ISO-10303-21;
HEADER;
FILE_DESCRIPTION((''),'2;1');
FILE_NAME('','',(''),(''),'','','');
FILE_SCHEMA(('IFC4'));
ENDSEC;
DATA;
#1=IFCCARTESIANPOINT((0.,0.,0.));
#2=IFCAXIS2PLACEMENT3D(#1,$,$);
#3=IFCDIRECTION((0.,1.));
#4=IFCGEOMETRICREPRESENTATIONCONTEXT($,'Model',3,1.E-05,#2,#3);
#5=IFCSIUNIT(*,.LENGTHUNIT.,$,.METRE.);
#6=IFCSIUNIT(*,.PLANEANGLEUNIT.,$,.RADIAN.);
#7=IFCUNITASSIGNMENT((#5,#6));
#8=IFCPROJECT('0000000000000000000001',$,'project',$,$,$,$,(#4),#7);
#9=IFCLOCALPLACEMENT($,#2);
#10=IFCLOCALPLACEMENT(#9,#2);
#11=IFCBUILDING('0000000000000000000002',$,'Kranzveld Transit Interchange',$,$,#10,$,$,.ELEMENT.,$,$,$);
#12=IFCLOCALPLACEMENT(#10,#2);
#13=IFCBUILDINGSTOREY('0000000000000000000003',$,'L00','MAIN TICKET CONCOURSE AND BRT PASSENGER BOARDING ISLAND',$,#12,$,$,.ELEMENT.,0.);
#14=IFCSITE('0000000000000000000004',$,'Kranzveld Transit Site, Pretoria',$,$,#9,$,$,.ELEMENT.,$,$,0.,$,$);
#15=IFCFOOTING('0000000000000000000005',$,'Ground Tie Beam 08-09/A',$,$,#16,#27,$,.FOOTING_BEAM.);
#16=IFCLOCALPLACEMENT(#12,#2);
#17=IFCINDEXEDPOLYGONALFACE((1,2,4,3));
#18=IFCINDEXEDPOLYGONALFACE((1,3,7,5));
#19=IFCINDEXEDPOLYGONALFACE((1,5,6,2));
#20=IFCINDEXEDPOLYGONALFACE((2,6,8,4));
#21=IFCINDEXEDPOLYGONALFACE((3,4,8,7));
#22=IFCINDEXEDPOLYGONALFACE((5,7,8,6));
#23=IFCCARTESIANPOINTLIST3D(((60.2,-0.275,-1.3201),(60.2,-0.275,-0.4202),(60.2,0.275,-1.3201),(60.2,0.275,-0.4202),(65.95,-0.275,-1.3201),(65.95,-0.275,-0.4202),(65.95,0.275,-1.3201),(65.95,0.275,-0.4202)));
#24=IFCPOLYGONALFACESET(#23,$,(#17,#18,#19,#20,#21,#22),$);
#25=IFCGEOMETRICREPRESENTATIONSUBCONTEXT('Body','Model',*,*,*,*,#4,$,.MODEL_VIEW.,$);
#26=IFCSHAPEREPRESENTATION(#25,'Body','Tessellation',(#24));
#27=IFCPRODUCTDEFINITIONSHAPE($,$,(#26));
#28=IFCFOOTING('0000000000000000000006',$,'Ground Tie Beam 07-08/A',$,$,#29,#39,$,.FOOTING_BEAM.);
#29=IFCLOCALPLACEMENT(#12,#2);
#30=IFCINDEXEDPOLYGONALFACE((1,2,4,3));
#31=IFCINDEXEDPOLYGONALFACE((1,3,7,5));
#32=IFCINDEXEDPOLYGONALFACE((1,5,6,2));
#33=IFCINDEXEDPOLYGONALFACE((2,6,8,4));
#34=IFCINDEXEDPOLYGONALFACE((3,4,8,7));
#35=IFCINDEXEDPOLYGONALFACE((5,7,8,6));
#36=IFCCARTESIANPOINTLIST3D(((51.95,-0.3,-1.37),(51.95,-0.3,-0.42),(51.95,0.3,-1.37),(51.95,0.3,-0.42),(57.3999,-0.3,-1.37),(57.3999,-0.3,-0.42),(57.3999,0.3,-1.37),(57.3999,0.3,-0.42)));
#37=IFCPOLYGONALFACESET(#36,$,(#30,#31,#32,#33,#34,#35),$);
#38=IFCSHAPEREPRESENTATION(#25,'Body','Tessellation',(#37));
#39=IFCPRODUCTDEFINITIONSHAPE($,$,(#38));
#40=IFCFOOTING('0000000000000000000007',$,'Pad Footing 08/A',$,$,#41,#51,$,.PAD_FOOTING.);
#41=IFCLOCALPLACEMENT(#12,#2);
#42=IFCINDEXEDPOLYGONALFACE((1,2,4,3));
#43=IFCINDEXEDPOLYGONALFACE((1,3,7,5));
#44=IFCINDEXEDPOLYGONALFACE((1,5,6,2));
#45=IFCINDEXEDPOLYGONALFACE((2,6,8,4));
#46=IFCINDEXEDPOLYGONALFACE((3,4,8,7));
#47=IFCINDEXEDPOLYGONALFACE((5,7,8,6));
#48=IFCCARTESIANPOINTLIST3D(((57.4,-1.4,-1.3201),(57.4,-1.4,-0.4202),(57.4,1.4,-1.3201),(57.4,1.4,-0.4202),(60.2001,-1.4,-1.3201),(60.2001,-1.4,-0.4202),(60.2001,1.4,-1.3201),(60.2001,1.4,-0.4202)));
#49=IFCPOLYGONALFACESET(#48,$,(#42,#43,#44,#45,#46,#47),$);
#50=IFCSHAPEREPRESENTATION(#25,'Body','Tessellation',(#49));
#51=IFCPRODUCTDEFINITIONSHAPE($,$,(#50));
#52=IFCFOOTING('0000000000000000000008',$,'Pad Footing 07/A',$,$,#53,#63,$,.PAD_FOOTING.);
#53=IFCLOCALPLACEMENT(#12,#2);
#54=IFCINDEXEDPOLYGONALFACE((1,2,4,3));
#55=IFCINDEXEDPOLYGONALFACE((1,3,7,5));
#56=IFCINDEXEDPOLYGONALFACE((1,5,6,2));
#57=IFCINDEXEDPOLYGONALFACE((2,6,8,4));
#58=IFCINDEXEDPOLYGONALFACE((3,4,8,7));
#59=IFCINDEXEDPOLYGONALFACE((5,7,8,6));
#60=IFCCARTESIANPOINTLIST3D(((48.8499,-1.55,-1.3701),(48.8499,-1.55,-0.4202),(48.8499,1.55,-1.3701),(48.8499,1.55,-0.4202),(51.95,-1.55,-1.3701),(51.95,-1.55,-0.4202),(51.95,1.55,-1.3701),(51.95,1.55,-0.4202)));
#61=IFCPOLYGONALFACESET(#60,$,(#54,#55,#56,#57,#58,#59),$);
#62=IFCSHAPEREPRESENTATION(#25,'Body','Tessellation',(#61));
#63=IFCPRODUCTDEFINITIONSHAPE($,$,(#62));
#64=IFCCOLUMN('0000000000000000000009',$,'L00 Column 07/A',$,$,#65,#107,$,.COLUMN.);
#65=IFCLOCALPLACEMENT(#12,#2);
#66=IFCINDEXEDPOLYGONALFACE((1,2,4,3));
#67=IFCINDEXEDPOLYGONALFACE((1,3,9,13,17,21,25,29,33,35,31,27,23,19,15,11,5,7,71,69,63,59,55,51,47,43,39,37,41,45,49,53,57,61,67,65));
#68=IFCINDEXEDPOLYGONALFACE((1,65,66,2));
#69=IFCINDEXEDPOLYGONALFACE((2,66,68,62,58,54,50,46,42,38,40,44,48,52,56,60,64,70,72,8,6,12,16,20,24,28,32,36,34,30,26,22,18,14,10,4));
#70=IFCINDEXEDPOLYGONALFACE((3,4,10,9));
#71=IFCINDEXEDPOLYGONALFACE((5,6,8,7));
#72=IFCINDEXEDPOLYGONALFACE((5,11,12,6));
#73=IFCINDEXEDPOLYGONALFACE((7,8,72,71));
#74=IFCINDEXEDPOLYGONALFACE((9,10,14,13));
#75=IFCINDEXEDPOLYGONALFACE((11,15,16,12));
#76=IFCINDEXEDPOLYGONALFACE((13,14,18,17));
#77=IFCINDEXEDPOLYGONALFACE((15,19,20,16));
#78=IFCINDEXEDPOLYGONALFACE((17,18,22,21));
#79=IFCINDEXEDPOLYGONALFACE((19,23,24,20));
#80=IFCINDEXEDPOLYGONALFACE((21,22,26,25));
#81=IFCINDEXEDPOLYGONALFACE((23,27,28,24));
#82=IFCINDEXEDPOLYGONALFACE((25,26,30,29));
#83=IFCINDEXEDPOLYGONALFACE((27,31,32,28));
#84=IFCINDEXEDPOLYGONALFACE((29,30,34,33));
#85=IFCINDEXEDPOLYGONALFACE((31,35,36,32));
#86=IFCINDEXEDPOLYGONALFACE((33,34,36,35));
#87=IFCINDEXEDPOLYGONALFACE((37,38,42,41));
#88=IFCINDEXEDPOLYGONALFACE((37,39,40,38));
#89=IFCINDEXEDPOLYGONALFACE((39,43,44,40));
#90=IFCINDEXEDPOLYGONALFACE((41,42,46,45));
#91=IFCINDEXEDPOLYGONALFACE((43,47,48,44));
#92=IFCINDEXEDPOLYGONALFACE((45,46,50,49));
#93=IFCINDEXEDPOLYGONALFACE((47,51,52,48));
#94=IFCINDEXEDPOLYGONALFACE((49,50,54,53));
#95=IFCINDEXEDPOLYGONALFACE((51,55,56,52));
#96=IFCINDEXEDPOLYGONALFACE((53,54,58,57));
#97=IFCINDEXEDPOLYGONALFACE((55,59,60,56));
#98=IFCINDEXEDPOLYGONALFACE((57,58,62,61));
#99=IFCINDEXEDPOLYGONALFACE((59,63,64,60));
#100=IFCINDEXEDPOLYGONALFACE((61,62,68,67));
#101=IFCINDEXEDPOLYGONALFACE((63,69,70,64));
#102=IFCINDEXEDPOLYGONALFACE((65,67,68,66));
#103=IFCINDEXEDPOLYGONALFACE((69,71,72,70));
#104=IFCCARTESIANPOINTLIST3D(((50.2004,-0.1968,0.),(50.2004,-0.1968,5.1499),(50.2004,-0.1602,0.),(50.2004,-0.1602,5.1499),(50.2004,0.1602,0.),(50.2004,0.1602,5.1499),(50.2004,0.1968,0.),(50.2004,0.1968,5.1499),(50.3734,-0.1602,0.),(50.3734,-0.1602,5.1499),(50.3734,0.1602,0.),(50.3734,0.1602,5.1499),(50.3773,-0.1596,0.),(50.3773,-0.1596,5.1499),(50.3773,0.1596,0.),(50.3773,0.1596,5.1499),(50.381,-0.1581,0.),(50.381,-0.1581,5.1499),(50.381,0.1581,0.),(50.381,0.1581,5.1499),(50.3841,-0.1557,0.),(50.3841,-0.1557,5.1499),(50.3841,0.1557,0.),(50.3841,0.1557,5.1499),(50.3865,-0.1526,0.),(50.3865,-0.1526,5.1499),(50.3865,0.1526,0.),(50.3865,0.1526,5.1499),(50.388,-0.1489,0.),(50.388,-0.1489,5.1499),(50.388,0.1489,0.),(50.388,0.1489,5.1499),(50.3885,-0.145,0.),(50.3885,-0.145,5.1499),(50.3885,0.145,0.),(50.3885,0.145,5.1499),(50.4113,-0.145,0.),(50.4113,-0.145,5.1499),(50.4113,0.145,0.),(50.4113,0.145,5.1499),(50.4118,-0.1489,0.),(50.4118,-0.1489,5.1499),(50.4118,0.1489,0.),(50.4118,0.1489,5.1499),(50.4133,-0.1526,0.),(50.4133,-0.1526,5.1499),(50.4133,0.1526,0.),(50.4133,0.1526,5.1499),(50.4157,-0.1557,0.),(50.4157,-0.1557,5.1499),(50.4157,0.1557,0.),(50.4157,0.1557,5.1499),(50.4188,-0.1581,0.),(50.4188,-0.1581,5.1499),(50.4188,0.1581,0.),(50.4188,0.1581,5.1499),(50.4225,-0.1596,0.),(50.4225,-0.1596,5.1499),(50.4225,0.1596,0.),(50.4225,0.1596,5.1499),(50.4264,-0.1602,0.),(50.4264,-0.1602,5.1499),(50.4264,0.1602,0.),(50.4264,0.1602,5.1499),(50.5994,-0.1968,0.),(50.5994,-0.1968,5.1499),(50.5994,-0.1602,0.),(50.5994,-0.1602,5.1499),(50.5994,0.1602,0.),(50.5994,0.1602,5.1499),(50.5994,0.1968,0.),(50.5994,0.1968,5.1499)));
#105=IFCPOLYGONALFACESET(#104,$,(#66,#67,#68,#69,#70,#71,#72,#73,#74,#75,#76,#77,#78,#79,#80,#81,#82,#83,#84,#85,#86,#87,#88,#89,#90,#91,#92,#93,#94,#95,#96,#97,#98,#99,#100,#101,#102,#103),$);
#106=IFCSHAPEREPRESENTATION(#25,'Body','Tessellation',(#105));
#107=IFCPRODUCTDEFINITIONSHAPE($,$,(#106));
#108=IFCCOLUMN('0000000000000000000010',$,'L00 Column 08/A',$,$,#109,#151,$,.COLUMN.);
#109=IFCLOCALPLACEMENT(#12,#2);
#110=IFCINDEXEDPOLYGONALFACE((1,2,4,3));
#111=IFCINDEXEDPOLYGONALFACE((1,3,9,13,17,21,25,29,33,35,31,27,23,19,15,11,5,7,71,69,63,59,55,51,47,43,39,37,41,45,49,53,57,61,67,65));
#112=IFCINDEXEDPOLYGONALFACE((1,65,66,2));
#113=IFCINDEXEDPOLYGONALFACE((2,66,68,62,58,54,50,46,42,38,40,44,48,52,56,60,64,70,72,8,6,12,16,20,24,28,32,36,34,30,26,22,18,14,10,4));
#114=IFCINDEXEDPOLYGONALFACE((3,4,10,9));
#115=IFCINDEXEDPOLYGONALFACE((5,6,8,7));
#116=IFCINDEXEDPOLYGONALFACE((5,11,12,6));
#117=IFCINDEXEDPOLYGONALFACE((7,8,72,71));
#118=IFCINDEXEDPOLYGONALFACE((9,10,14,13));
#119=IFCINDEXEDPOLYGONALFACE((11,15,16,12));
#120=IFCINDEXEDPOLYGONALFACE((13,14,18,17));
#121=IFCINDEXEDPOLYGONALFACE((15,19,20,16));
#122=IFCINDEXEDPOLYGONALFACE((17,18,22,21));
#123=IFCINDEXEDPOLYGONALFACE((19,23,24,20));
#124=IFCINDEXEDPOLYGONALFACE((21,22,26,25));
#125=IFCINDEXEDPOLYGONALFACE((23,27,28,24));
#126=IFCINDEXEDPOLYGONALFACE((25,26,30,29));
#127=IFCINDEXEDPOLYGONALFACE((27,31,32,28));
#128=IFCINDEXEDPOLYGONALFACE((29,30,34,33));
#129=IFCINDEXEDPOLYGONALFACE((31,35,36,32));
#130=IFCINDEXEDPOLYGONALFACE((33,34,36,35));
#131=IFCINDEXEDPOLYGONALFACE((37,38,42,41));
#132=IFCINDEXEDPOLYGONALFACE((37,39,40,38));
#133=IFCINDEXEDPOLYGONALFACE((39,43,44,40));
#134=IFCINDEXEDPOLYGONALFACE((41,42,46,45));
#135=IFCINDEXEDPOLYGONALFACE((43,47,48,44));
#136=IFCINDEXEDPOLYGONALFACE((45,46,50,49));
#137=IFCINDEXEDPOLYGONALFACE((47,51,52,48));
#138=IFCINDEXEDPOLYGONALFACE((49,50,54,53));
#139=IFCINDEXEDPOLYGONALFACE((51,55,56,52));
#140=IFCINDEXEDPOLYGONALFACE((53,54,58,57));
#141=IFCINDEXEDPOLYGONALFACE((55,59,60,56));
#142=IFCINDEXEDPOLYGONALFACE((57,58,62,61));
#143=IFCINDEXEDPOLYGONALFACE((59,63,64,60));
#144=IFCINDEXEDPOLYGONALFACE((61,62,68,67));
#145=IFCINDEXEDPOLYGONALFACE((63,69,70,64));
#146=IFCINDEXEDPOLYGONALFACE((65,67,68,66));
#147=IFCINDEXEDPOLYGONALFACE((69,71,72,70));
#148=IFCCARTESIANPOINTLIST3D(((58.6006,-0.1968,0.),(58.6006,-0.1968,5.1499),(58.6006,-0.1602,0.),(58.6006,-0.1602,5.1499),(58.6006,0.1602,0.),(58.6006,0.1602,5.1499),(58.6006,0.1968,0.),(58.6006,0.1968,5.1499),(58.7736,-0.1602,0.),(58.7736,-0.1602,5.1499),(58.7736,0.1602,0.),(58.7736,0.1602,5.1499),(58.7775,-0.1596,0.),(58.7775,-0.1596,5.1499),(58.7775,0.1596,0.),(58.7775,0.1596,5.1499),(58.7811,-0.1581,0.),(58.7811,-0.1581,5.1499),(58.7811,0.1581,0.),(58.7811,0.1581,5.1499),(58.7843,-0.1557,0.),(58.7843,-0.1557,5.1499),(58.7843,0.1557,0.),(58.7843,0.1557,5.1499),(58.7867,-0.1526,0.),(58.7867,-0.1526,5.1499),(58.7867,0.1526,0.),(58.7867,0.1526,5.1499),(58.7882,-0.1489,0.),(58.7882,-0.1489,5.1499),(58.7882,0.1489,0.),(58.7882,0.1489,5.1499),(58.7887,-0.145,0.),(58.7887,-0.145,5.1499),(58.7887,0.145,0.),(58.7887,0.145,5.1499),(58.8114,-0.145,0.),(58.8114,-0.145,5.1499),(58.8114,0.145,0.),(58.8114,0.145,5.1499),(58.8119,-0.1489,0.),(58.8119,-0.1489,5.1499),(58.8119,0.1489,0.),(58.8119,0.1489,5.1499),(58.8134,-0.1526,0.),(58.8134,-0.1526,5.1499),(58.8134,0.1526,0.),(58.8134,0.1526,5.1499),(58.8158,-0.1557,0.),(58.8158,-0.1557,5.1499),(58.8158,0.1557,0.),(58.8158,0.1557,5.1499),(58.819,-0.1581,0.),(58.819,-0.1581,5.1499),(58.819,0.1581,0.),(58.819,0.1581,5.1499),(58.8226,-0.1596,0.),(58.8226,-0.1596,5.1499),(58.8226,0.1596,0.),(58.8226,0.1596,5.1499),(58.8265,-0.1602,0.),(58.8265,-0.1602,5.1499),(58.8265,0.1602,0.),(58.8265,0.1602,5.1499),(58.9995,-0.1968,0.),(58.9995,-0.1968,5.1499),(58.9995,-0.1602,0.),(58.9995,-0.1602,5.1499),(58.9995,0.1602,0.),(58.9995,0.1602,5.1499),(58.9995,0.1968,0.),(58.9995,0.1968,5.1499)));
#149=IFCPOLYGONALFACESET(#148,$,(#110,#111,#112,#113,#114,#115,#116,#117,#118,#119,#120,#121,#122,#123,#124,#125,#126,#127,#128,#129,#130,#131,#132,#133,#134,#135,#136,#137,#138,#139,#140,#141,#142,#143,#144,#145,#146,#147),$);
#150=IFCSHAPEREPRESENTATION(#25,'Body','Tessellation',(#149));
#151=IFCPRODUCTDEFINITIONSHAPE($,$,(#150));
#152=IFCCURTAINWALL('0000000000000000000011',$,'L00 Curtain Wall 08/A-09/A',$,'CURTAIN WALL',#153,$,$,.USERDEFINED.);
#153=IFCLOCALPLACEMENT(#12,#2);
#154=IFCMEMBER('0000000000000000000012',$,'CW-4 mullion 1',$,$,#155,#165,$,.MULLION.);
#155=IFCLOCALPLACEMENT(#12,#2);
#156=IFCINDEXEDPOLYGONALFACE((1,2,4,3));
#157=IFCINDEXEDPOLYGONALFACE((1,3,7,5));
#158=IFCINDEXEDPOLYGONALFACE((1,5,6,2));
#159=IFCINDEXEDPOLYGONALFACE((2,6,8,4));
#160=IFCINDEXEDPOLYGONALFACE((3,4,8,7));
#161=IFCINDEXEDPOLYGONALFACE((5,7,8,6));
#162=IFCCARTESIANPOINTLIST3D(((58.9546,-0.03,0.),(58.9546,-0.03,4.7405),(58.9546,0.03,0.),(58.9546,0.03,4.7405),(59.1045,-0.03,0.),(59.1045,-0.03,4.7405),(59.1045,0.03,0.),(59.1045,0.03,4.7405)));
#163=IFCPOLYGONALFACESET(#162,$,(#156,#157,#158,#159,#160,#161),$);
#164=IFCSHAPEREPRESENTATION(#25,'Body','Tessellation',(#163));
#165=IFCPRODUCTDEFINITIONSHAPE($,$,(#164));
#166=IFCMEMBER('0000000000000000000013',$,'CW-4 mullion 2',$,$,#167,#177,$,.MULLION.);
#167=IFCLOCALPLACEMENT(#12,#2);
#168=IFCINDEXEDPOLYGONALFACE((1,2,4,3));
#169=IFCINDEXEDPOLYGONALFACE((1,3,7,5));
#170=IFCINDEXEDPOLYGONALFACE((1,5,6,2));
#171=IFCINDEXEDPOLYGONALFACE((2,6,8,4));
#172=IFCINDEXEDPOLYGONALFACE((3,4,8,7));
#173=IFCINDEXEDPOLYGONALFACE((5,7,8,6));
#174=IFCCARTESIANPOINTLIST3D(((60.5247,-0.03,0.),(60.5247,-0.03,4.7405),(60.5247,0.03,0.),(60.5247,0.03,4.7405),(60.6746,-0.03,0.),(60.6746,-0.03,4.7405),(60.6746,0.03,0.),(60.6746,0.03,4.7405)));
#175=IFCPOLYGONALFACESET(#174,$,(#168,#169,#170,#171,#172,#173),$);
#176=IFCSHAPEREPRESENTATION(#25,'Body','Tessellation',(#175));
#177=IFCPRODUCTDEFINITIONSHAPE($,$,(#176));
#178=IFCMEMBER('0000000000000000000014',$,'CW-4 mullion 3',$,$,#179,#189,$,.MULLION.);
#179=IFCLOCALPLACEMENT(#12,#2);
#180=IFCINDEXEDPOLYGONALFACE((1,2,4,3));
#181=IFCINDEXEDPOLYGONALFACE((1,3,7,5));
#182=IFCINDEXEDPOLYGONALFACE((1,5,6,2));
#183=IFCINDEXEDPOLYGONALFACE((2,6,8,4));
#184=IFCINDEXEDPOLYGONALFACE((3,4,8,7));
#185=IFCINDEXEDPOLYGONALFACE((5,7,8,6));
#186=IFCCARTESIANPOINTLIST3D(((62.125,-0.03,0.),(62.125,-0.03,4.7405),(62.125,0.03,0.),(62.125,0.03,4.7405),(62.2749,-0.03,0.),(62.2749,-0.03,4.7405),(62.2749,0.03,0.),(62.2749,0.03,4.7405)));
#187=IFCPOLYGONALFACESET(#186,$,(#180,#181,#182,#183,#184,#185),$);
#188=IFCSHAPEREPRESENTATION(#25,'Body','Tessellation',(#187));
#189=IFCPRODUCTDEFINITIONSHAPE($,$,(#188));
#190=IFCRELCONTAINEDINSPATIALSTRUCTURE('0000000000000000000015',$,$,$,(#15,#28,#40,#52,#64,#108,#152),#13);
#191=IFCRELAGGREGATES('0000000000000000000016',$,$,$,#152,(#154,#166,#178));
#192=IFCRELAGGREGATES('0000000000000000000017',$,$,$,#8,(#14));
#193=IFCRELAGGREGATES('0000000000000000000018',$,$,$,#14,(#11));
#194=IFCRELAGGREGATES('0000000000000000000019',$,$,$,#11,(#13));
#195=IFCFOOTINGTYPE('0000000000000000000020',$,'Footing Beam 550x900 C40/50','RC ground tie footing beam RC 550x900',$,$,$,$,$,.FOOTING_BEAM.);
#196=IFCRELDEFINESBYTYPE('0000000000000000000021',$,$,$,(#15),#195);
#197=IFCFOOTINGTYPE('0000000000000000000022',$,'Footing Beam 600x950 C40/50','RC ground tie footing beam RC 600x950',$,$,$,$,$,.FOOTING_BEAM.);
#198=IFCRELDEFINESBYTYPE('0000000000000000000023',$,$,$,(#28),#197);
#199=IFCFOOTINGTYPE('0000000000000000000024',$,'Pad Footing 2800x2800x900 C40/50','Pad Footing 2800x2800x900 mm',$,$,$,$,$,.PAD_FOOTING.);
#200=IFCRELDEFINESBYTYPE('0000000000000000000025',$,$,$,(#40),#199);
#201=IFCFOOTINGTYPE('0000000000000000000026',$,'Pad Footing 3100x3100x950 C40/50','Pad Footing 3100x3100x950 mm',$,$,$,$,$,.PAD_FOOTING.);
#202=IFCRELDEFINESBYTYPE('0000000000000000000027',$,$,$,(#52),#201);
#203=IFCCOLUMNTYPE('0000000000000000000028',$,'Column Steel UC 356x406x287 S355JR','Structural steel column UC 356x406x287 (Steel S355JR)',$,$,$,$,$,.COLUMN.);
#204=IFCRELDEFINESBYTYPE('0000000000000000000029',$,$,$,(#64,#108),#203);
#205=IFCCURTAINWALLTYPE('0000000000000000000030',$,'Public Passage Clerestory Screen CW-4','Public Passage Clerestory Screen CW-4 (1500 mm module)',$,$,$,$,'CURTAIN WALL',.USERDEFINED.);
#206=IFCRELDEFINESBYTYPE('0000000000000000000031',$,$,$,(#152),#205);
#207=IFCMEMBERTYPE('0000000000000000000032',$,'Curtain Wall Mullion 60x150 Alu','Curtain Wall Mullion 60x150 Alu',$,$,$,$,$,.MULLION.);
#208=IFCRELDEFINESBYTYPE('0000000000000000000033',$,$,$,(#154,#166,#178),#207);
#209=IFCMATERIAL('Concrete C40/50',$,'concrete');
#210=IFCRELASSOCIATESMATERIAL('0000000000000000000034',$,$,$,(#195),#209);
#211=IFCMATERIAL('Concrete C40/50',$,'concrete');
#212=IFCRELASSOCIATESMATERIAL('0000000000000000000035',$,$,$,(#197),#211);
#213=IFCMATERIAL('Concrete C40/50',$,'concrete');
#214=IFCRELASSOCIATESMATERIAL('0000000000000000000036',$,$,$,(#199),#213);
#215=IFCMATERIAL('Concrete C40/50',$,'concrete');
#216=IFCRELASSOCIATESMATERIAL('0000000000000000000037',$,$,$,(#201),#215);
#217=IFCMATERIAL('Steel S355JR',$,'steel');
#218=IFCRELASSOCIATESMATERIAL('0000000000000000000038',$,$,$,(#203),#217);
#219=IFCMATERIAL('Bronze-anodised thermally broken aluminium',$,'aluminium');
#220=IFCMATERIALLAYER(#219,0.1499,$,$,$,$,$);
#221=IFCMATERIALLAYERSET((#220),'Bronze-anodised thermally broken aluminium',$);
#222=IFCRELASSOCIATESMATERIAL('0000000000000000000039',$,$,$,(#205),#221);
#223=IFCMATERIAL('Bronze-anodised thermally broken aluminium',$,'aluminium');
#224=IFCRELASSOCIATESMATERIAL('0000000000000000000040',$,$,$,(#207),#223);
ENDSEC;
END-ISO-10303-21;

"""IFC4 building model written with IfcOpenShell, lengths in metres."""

from ifc_helpers import new_model, si_unit, direction, frame, origin, origin_2d, place, context, subcontext, project, spatial, rectangle, i_section, extrude, material, layer, layer_set, material_profile, profile_set, type_object, element, aggregate, save


model = new_model("IFC4")

# Units and contexts
model_context = context("Model", 3, precision=1e-05, world=origin(), true_north=direction((0.0, 1.0)))
body_context = subcontext(model_context, "Body", "Model", "MODEL_VIEW")
ifc_project = project(units=[si_unit("LENGTHUNIT", "METRE"), si_unit("PLANEANGLEUNIT", "RADIAN")], contexts=[model_context])

# Site, building, storey
site_placement = place(None, origin())
site = spatial("IfcSite", under=ifc_project, at=site_placement, Name="Kranzveld Transit Site, Pretoria", CompositionType="ELEMENT", RefElevation=0.0)
building_placement = place(site_placement, origin())
building = spatial("IfcBuilding", under=site, at=building_placement, Name="Kranzveld Transit Interchange", CompositionType="ELEMENT")
storey_placement = place(building_placement, origin())
storey = spatial("IfcBuildingStorey", under=building, at=storey_placement, Name="L00", Description="MAIN TICKET CONCOURSE AND BRT PASSENGER BOARDING ISLAND", CompositionType="ELEMENT", Elevation=0.0)

# Footings
ifc_material_1 = material(Name="Concrete C40/50", Category="concrete")
ifc_material_profile_1 = material_profile(ifc_material_1, rectangle(XDim=0.55, YDim=0.8999, at=origin_2d()), Name="RC 550x900")
ifc_profile_set_1 = profile_set([ifc_material_profile_1], Name="Concrete C40/50")
footing_type_1 = type_object("IfcFootingType", Name="Footing Beam 550x900 C40/50", Description="RC ground tie footing beam RC 550x900", PredefinedType="FOOTING_BEAM", material=ifc_profile_set_1)
footing_1_placement = place(storey_placement, frame((60.2, 0.0, -0.8701), z_axis=(1.0, 0.0, 0.0), x_axis=(0.0, 1.0, 0.0)))
element("IfcFooting", 1, at=footing_1_placement, inside=storey, type_object=footing_type_1, Name="Ground Tie Beam 08-09/A", PredefinedType="FOOTING_BEAM", context=body_context, shape_type="SweptSolid", body=[
    extrude(rectangle(XDim=0.55, YDim=0.8999, at=origin_2d()), origin(), (0.0, 0.0, 1.0), 5.75),
])
ifc_material_2 = material(Name="Concrete C40/50", Category="concrete")
ifc_material_profile_2 = material_profile(ifc_material_2, rectangle(XDim=0.6001, YDim=0.95, at=origin_2d()), Name="RC 600x950")
ifc_profile_set_2 = profile_set([ifc_material_profile_2], Name="Concrete C40/50")
footing_type_2 = type_object("IfcFootingType", Name="Footing Beam 600x950 C40/50", Description="RC ground tie footing beam RC 600x950", PredefinedType="FOOTING_BEAM", material=ifc_profile_set_2)
footing_2_placement = place(storey_placement, frame((51.95, 0.0, -0.895), z_axis=(1.0, 0.0, 0.0), x_axis=(0.0, 1.0, 0.0)))
element("IfcFooting", 2, at=footing_2_placement, inside=storey, type_object=footing_type_2, Name="Ground Tie Beam 07-08/A", PredefinedType="FOOTING_BEAM", context=body_context, shape_type="SweptSolid", body=[
    extrude(rectangle(XDim=0.6001, YDim=0.95, at=origin_2d()), origin(), (0.0, 0.0, 1.0), 5.45),
])
ifc_material_3 = material(Name="Concrete C40/50", Category="concrete")
footing_type_3 = type_object("IfcFootingType", Name="Pad Footing 2800x2800x900 C40/50", Description="Pad Footing 2800x2800x900 mm", PredefinedType="PAD_FOOTING", material=ifc_material_3)
footing_3_placement = place(storey_placement, frame((58.8, 0.0, -1.3201), z_axis=(0.0, 0.0, 1.0), x_axis=(1.0, 0.0, 0.0)))
element("IfcFooting", 3, at=footing_3_placement, inside=storey, type_object=footing_type_3, Name="Pad Footing 08/A", PredefinedType="PAD_FOOTING", context=body_context, shape_type="SweptSolid", body=[
    extrude(rectangle(XDim=2.8, YDim=2.8, at=origin_2d()), origin(), (0.0, 0.0, 1.0), 0.8999),
])
ifc_material_4 = material(Name="Concrete C40/50", Category="concrete")
footing_type_4 = type_object("IfcFootingType", Name="Pad Footing 3100x3100x950 C40/50", Description="Pad Footing 3100x3100x950 mm", PredefinedType="PAD_FOOTING", material=ifc_material_4)
footing_4_placement = place(storey_placement, frame((50.3999, 0.0, -1.3701), z_axis=(0.0, 0.0, 1.0), x_axis=(1.0, 0.0, 0.0)))
element("IfcFooting", 4, at=footing_4_placement, inside=storey, type_object=footing_type_4, Name="Pad Footing 07/A", PredefinedType="PAD_FOOTING", context=body_context, shape_type="SweptSolid", body=[
    extrude(rectangle(XDim=3.1001, YDim=3.1001, at=origin_2d()), origin(), (0.0, 0.0, 1.0), 0.95),
])

# Columns
ifc_material_5 = material(Name="Steel S355JR", Category="steel")
ifc_material_profile_3 = material_profile(ifc_material_5, i_section(OverallWidth=0.3989, OverallDepth=0.3936, WebThickness=0.0227, FlangeThickness=0.0366, FilletRadius=0.0151, at=origin_2d()), Name="UC 356x406x287")
ifc_profile_set_3 = profile_set([ifc_material_profile_3], Name="Steel S355JR")
column_type = type_object("IfcColumnType", Name="Column Steel UC 356x406x287 S355JR", Description="Structural steel column UC 356x406x287 (Steel S355JR)", PredefinedType="COLUMN", material=ifc_profile_set_3)
for number, where, z_axis, x_axis, name in (
    (5, (50.3999, 0.0, 0.0), (0.0, 0.0, 1.0), (1.0, 0.0, 0.0), "L00 Column 07/A"),
    (6, (58.8, 0.0, 0.0), (0.0, 0.0, 1.0), (1.0, 0.0, 0.0), "L00 Column 08/A"),
):
    element("IfcColumn", number, at=place(storey_placement, frame(where, z_axis=z_axis, x_axis=x_axis)), inside=storey, type_object=column_type, Name=name, PredefinedType="COLUMN", context=body_context, shape_type="SweptSolid", body=[
        extrude(i_section(OverallWidth=0.3989, OverallDepth=0.3936, WebThickness=0.0227, FlangeThickness=0.0366, FilletRadius=0.0151, at=origin_2d()), origin(), (0.0, 0.0, 1.0), 5.1499),
    ])

# Curtain wall, members
ifc_material_6 = material(Name="Bronze-anodised thermally broken aluminium", Category="aluminium")
ifc_layer_1 = layer(ifc_material_6, 0.1499)
ifc_layer_set_1 = layer_set([ifc_layer_1], Name="Bronze-anodised thermally broken aluminium")
curtain_wall_type = type_object("IfcCurtainWallType", Name="Public Passage Clerestory Screen CW-4", Description="Public Passage Clerestory Screen CW-4 (1500 mm module)", ElementType="CURTAIN WALL", PredefinedType="USERDEFINED", material=ifc_layer_set_1)
curtain_wall_placement = place(storey_placement, origin())
curtain_wall = element("IfcCurtainWall", 7, at=curtain_wall_placement, inside=storey, type_object=curtain_wall_type, Name="L00 Curtain Wall 08/A-09/A", ObjectType="CURTAIN WALL", PredefinedType="USERDEFINED")
ifc_material_7 = material(Name="Bronze-anodised thermally broken aluminium", Category="aluminium")
ifc_material_profile_4 = material_profile(ifc_material_7, rectangle(XDim=0.0601, YDim=0.1499, at=origin_2d()), Name="ALU MULLION 60x150")
ifc_profile_set_4 = profile_set([ifc_material_profile_4], Name="Bronze-anodised thermally broken aluminium")
member_type_1 = type_object("IfcMemberType", Name="Curtain Wall Mullion 60x150 Alu", Description="Curtain Wall Mullion 60x150 Alu", PredefinedType="MULLION", material=ifc_profile_set_4)
member_1_placement = place(storey_placement, frame((59.0295, 0.0, 0.0), z_axis=(0.0, 0.0, 1.0), x_axis=(0.0, 1.0, 0.0)))
member_1 = element("IfcMember", 8, at=member_1_placement, type_object=member_type_1, Name="CW-4 mullion 1", PredefinedType="MULLION", context=body_context, shape_type="SweptSolid", body=[
    extrude(rectangle(XDim=0.0601, YDim=0.1499, at=origin_2d()), origin(), (0.0, 0.0, 1.0), 4.7405),
])
member_2_placement = place(storey_placement, frame((60.5996, 0.0, 0.0), z_axis=(0.0, 0.0, 1.0), x_axis=(0.0, 1.0, 0.0)))
member_2 = element("IfcMember", 9, at=member_2_placement, type_object=member_type_1, Name="CW-4 mullion 2", PredefinedType="MULLION", context=body_context, shape_type="SweptSolid", body=[
    extrude(rectangle(XDim=0.0601, YDim=0.1499, at=origin_2d()), origin(), (0.0, 0.0, 1.0), 4.7405),
])
member_3_placement = place(storey_placement, frame((62.2, 0.0, 0.0), z_axis=(0.0, 0.0, 1.0), x_axis=(0.0, 1.0, 0.0)))
member_3 = element("IfcMember", 10, at=member_3_placement, type_object=member_type_1, Name="CW-4 mullion 3", PredefinedType="MULLION", context=body_context, shape_type="SweptSolid", body=[
    extrude(rectangle(XDim=0.0601, YDim=0.1499, at=origin_2d()), origin(), (0.0, 0.0, 1.0), 4.7405),
])

aggregate(curtain_wall, [member_1, member_2, member_3])

save(model, "model.ifc")
